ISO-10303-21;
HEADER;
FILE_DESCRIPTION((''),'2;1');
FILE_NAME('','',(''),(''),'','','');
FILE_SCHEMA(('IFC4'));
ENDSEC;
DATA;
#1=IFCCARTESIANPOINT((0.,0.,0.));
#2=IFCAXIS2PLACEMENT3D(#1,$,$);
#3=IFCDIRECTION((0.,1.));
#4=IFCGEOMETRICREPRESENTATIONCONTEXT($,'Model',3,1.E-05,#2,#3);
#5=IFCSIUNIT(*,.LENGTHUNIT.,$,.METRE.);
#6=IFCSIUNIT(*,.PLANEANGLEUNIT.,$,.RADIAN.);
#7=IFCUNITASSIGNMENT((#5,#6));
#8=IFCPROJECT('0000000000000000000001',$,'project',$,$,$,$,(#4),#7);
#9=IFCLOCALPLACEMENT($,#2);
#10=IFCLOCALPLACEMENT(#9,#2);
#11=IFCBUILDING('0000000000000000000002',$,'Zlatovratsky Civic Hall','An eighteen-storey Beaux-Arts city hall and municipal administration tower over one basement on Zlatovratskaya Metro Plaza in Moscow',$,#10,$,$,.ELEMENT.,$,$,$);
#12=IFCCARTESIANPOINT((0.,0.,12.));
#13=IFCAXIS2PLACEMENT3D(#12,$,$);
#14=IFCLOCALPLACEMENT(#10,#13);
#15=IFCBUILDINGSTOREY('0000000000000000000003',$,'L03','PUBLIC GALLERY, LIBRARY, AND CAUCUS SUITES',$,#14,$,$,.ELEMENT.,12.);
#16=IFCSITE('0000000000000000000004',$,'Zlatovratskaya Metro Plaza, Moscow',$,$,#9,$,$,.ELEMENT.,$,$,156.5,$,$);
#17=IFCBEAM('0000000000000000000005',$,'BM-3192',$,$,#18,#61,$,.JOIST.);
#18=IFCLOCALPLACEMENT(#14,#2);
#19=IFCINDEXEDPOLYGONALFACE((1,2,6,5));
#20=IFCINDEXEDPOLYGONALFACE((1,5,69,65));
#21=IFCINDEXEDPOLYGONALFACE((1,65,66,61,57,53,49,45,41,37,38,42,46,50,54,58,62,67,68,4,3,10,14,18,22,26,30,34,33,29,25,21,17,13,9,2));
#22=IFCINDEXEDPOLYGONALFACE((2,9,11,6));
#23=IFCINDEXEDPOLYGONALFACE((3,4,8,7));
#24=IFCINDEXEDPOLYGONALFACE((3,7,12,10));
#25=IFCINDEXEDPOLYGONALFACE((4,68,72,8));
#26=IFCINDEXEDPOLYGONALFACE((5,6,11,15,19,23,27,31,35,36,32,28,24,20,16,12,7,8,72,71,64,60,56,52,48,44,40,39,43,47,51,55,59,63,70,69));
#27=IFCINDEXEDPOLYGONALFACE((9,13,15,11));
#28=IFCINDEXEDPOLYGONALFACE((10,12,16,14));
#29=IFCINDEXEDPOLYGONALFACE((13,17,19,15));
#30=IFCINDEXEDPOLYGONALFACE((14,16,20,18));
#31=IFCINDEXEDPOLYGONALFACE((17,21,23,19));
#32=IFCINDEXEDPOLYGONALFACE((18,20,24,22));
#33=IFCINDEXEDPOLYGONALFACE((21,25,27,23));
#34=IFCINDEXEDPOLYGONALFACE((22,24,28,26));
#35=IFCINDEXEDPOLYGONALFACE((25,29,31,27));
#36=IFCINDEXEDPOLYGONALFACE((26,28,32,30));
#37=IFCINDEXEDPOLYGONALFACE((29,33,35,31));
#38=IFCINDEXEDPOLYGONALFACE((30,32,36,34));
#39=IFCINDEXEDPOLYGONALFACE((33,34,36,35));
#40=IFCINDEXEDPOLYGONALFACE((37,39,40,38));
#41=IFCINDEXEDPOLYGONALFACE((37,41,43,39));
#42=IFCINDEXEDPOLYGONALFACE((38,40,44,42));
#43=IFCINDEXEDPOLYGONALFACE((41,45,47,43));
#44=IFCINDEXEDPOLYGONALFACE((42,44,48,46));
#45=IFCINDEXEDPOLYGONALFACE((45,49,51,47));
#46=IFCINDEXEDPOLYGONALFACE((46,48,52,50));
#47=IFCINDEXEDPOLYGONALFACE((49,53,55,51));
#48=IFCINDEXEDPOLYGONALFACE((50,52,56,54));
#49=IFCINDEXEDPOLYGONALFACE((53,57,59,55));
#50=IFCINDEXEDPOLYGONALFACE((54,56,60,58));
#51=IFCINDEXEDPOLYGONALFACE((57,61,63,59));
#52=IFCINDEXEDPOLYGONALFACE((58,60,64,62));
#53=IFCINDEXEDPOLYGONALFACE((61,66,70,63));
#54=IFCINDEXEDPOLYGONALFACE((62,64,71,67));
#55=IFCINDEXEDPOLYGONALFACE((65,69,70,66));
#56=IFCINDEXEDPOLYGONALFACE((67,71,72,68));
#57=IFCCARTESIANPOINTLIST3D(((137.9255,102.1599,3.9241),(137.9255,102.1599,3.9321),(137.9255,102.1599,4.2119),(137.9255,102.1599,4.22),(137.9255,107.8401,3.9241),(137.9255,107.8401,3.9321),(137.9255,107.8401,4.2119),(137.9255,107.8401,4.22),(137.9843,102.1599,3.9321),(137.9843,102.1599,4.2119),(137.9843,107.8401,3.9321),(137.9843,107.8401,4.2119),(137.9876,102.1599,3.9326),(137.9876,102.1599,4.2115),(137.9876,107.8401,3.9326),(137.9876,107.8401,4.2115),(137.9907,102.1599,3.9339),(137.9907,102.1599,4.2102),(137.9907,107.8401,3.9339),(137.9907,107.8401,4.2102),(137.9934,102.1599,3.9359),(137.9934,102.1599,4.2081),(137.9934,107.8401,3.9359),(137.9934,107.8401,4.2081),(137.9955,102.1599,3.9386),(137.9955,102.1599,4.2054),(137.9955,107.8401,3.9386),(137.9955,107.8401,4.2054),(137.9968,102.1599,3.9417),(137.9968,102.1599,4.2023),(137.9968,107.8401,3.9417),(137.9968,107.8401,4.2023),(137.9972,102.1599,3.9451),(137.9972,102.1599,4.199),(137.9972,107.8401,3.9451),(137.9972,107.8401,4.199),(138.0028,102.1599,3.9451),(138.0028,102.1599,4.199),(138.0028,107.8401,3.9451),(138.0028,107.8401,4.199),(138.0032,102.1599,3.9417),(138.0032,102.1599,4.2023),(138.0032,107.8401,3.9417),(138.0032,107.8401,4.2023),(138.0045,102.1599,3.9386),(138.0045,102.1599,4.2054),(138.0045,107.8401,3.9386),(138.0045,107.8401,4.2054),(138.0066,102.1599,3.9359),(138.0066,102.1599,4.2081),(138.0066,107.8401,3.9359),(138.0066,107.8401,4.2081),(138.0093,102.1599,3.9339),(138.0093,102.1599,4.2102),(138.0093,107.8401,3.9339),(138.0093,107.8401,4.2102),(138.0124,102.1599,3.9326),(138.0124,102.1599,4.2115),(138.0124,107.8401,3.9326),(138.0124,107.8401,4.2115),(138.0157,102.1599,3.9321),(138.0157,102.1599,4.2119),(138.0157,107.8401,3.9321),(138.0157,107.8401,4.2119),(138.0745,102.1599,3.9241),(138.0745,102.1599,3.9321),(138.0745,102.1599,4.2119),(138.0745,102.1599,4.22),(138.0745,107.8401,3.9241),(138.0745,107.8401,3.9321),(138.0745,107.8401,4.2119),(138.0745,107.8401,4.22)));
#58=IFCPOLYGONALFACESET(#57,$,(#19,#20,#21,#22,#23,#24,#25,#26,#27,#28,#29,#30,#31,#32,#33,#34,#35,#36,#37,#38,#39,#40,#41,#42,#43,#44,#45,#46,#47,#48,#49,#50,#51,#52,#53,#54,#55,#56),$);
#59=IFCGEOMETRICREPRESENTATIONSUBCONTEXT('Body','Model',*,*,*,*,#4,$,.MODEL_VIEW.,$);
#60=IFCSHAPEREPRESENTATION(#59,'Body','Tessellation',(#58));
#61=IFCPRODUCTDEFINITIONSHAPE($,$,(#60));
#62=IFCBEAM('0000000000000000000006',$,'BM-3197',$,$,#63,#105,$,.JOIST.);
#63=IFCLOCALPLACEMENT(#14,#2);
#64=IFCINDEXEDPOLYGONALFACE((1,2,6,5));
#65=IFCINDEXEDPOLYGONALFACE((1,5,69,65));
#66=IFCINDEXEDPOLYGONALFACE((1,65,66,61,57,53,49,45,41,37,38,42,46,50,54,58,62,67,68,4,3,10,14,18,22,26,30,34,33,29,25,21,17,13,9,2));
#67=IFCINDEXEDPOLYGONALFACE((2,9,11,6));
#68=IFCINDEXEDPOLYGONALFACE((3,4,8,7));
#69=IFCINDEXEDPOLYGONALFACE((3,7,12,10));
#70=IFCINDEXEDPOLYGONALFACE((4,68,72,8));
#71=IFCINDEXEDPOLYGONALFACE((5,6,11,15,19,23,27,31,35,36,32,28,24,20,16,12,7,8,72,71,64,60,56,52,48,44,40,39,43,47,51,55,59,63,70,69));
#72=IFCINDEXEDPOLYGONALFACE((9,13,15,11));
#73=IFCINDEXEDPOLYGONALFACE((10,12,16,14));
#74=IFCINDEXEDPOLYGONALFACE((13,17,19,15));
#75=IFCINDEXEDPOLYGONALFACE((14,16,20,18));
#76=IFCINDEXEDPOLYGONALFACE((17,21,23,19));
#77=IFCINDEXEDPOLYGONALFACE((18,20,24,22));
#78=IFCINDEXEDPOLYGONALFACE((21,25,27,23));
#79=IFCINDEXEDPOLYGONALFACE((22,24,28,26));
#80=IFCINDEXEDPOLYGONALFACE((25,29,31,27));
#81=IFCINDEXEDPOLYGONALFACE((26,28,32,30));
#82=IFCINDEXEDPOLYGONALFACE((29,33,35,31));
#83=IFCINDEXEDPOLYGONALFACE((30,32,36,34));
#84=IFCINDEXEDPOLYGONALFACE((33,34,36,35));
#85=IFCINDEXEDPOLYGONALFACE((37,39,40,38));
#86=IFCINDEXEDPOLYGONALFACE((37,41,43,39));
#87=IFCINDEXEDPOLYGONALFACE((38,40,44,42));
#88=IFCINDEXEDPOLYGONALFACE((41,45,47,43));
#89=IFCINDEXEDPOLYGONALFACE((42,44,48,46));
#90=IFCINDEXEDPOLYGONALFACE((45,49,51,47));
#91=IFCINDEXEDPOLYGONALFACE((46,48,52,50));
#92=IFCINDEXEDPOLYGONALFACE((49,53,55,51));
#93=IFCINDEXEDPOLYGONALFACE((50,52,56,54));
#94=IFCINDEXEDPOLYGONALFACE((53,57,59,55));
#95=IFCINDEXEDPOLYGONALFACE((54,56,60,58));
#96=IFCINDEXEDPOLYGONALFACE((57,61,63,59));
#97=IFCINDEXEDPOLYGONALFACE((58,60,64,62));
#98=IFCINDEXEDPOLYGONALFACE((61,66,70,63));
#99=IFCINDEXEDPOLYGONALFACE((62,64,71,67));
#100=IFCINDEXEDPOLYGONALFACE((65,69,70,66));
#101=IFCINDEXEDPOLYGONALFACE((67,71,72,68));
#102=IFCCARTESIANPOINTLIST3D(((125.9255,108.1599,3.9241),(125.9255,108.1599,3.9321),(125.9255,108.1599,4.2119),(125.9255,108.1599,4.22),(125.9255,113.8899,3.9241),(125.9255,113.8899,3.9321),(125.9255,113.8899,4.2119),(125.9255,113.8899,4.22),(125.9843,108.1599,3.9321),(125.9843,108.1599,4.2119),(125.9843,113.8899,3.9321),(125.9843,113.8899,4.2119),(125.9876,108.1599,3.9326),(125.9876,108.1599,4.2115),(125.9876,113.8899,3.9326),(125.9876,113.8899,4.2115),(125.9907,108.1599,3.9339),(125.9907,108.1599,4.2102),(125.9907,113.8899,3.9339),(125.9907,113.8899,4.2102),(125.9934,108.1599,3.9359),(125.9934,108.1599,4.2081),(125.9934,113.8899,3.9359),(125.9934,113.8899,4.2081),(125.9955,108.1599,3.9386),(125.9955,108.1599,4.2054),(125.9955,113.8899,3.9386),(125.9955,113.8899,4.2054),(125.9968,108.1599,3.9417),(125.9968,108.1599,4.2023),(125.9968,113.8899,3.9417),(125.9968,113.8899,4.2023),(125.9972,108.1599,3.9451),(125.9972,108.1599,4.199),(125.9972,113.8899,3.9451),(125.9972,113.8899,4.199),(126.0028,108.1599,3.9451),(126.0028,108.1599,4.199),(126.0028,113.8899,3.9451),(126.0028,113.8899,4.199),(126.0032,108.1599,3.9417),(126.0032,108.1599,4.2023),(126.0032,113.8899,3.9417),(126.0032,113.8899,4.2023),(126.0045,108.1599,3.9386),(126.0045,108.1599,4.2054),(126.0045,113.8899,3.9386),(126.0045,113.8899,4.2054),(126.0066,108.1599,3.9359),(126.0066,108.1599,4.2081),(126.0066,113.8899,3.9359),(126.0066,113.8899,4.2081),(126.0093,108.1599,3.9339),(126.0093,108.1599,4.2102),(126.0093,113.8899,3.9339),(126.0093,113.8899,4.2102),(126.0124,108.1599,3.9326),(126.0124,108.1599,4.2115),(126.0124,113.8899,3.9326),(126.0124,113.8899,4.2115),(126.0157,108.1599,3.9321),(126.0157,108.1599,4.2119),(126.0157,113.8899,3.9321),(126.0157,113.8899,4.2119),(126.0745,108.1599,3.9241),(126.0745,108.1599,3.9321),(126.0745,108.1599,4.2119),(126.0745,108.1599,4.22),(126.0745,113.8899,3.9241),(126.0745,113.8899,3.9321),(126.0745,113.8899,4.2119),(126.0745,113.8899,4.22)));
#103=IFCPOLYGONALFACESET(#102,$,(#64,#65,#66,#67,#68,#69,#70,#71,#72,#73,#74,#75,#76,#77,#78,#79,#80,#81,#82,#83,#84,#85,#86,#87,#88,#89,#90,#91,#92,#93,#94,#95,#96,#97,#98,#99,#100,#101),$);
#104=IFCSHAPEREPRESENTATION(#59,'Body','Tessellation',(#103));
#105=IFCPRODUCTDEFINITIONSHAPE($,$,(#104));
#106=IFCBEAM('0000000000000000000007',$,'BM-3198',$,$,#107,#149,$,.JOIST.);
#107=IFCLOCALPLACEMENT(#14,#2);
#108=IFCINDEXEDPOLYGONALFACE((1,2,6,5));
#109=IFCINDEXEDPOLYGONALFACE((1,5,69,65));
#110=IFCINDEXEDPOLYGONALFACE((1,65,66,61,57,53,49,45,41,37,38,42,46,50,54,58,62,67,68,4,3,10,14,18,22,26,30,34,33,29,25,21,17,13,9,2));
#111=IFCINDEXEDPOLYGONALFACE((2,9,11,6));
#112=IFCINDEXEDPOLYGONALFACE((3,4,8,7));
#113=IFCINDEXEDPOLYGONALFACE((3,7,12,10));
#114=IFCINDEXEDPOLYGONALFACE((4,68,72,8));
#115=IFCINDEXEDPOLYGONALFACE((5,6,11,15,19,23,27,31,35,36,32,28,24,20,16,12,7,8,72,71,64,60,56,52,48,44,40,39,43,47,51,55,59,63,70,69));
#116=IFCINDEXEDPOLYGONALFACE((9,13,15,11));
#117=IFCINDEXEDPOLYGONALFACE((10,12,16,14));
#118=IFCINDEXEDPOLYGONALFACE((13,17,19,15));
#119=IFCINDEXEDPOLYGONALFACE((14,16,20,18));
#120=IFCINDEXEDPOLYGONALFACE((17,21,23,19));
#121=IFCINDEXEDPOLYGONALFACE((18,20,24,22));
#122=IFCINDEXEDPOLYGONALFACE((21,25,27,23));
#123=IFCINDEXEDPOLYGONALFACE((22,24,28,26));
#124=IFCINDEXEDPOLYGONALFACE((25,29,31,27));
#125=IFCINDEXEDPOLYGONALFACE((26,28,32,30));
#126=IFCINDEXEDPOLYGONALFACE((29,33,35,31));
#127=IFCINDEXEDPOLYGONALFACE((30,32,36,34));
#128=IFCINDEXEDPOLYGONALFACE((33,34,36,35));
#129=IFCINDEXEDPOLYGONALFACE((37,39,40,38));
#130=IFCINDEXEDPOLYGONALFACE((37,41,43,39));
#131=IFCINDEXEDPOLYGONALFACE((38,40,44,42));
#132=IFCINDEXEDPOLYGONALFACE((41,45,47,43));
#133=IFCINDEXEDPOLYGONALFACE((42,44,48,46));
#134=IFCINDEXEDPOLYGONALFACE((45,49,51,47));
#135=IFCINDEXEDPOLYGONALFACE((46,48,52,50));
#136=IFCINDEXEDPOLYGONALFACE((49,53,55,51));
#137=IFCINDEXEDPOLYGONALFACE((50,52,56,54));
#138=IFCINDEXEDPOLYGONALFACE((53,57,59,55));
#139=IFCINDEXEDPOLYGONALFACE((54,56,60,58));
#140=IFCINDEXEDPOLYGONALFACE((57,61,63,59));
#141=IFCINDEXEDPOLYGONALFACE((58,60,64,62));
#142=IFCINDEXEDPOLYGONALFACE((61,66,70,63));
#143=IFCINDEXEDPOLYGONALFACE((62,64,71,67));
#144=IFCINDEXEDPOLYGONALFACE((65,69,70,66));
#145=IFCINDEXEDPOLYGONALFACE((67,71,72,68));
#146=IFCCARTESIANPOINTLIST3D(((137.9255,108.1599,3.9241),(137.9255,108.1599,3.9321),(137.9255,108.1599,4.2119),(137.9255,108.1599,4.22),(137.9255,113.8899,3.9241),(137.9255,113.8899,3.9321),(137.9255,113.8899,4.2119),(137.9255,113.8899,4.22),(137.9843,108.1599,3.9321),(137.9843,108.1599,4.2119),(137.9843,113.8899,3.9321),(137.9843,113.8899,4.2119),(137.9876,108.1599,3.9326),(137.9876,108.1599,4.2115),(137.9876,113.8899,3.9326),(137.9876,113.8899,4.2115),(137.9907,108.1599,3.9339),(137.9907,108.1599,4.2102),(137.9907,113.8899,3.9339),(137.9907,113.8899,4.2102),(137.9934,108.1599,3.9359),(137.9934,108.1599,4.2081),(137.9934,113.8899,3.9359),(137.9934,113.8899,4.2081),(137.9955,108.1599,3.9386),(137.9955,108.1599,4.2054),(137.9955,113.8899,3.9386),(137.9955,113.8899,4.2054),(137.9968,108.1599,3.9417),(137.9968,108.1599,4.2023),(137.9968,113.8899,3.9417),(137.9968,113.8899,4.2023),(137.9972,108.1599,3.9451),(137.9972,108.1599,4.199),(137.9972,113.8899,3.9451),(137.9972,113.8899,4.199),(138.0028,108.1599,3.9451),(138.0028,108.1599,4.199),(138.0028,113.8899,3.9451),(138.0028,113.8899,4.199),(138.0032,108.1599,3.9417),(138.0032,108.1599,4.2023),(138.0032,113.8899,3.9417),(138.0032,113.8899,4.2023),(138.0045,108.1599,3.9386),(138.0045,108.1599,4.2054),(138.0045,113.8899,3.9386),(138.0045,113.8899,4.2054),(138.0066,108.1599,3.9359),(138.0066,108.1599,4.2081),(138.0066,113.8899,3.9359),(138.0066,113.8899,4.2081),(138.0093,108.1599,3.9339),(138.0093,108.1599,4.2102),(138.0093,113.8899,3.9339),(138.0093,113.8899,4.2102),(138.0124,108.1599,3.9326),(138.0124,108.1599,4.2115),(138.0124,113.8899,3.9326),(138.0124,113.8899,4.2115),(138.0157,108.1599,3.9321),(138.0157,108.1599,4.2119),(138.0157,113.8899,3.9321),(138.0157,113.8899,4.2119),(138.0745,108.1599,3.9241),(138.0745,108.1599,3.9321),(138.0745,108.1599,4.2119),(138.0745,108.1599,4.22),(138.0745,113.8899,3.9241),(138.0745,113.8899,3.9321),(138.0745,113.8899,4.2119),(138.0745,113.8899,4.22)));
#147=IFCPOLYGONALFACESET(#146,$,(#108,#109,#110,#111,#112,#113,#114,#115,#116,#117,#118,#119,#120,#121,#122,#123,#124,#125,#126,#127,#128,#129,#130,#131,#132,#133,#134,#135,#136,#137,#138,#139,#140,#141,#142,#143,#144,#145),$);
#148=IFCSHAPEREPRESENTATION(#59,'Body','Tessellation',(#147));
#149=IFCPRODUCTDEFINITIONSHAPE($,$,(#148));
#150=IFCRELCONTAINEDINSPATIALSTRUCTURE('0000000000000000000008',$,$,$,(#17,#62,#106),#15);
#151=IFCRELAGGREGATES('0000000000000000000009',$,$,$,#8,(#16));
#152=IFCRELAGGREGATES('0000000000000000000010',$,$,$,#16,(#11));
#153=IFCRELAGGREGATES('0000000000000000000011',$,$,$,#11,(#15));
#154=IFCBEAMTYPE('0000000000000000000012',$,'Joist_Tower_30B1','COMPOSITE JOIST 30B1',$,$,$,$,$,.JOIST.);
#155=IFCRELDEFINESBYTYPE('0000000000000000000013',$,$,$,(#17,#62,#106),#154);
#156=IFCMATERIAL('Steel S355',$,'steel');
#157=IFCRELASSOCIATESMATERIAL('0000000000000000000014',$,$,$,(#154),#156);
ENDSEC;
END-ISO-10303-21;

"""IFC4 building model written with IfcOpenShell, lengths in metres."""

from ifc_helpers import new_model, si_unit, direction, frame, origin, origin_2d, place, context, subcontext, project, spatial, i_section, extrude, material, material_profile, profile_set, type_object, element, save


model = new_model("IFC4")

# Units and contexts
model_context = context("Model", 3, precision=1e-05, world=origin(), true_north=direction((0.0, 1.0)))
body_context = subcontext(model_context, "Body", "Model", "MODEL_VIEW")
ifc_project = project(units=[si_unit("LENGTHUNIT", "METRE"), si_unit("PLANEANGLEUNIT", "RADIAN")], contexts=[model_context])

# Site, building, storey
site_placement = place(None, origin())
site = spatial("IfcSite", under=ifc_project, at=site_placement, Name="Zlatovratskaya Metro Plaza, Moscow", CompositionType="ELEMENT", RefElevation=156.5)
building_placement = place(site_placement, origin())
building = spatial("IfcBuilding", under=site, at=building_placement, Name="Zlatovratsky Civic Hall", Description="An eighteen-storey Beaux-Arts city hall and municipal administration tower over one basement on Zlatovratskaya Metro Plaza in Moscow", CompositionType="ELEMENT")
storey_placement = place(building_placement, frame((0.0, 0.0, 12.0)))
storey = spatial("IfcBuildingStorey", under=building, at=storey_placement, Name="L03", Description="PUBLIC GALLERY, LIBRARY, AND CAUCUS SUITES", CompositionType="ELEMENT", Elevation=12.0)

# Shared definitions
ifc_material_1 = material(Name="Steel S355", Category="steel")

# Beams
ifc_material_profile_1 = material_profile(ifc_material_1, i_section(OverallWidth=0.1489, OverallDepth=0.2959, WebThickness=0.0056, FlangeThickness=0.0081, FilletRadius=0.0129, at=origin_2d()), Name="30B1")
ifc_profile_set_1 = profile_set([ifc_material_profile_1], Name="Steel S355")
beam_type_1 = type_object("IfcBeamType", Name="Joist_Tower_30B1", Description="COMPOSITE JOIST 30B1", PredefinedType="JOIST", material=ifc_profile_set_1)
for number, where, z_axis, x_axis, name in (
    (1, (138.0, 102.1599, 4.072), (0.0, 1.0, 0.0), (-1.0, 0.0, 0.0), "BM-3192"),
):
    element("IfcBeam", number, at=place(storey_placement, frame(where, z_axis=z_axis, x_axis=x_axis)), inside=storey, type_object=beam_type_1, Name=name, PredefinedType="JOIST", context=body_context, shape_type="SweptSolid", body=[
        extrude(i_section(OverallWidth=0.1489, OverallDepth=0.2959, WebThickness=0.0056, FlangeThickness=0.0081, FilletRadius=0.0129, at=origin_2d()), origin(), (0.0, 0.0, 1.0), 5.6802),
    ])
for number, where, z_axis, x_axis, name in (
    (2, (126.0, 108.1599, 4.072), (0.0, 1.0, 0.0), (-1.0, 0.0, 0.0), "BM-3197"),
    (3, (138.0, 108.1599, 4.072), (0.0, 1.0, 0.0), (-1.0, 0.0, 0.0), "BM-3198"),
):
    element("IfcBeam", number, at=place(storey_placement, frame(where, z_axis=z_axis, x_axis=x_axis)), inside=storey, type_object=beam_type_1, Name=name, PredefinedType="JOIST", context=body_context, shape_type="SweptSolid", body=[
        extrude(i_section(OverallWidth=0.1489, OverallDepth=0.2959, WebThickness=0.0056, FlangeThickness=0.0081, FilletRadius=0.0129, at=origin_2d()), origin(), (0.0, 0.0, 1.0), 5.73),
    ])

save(model, "model.ifc")
